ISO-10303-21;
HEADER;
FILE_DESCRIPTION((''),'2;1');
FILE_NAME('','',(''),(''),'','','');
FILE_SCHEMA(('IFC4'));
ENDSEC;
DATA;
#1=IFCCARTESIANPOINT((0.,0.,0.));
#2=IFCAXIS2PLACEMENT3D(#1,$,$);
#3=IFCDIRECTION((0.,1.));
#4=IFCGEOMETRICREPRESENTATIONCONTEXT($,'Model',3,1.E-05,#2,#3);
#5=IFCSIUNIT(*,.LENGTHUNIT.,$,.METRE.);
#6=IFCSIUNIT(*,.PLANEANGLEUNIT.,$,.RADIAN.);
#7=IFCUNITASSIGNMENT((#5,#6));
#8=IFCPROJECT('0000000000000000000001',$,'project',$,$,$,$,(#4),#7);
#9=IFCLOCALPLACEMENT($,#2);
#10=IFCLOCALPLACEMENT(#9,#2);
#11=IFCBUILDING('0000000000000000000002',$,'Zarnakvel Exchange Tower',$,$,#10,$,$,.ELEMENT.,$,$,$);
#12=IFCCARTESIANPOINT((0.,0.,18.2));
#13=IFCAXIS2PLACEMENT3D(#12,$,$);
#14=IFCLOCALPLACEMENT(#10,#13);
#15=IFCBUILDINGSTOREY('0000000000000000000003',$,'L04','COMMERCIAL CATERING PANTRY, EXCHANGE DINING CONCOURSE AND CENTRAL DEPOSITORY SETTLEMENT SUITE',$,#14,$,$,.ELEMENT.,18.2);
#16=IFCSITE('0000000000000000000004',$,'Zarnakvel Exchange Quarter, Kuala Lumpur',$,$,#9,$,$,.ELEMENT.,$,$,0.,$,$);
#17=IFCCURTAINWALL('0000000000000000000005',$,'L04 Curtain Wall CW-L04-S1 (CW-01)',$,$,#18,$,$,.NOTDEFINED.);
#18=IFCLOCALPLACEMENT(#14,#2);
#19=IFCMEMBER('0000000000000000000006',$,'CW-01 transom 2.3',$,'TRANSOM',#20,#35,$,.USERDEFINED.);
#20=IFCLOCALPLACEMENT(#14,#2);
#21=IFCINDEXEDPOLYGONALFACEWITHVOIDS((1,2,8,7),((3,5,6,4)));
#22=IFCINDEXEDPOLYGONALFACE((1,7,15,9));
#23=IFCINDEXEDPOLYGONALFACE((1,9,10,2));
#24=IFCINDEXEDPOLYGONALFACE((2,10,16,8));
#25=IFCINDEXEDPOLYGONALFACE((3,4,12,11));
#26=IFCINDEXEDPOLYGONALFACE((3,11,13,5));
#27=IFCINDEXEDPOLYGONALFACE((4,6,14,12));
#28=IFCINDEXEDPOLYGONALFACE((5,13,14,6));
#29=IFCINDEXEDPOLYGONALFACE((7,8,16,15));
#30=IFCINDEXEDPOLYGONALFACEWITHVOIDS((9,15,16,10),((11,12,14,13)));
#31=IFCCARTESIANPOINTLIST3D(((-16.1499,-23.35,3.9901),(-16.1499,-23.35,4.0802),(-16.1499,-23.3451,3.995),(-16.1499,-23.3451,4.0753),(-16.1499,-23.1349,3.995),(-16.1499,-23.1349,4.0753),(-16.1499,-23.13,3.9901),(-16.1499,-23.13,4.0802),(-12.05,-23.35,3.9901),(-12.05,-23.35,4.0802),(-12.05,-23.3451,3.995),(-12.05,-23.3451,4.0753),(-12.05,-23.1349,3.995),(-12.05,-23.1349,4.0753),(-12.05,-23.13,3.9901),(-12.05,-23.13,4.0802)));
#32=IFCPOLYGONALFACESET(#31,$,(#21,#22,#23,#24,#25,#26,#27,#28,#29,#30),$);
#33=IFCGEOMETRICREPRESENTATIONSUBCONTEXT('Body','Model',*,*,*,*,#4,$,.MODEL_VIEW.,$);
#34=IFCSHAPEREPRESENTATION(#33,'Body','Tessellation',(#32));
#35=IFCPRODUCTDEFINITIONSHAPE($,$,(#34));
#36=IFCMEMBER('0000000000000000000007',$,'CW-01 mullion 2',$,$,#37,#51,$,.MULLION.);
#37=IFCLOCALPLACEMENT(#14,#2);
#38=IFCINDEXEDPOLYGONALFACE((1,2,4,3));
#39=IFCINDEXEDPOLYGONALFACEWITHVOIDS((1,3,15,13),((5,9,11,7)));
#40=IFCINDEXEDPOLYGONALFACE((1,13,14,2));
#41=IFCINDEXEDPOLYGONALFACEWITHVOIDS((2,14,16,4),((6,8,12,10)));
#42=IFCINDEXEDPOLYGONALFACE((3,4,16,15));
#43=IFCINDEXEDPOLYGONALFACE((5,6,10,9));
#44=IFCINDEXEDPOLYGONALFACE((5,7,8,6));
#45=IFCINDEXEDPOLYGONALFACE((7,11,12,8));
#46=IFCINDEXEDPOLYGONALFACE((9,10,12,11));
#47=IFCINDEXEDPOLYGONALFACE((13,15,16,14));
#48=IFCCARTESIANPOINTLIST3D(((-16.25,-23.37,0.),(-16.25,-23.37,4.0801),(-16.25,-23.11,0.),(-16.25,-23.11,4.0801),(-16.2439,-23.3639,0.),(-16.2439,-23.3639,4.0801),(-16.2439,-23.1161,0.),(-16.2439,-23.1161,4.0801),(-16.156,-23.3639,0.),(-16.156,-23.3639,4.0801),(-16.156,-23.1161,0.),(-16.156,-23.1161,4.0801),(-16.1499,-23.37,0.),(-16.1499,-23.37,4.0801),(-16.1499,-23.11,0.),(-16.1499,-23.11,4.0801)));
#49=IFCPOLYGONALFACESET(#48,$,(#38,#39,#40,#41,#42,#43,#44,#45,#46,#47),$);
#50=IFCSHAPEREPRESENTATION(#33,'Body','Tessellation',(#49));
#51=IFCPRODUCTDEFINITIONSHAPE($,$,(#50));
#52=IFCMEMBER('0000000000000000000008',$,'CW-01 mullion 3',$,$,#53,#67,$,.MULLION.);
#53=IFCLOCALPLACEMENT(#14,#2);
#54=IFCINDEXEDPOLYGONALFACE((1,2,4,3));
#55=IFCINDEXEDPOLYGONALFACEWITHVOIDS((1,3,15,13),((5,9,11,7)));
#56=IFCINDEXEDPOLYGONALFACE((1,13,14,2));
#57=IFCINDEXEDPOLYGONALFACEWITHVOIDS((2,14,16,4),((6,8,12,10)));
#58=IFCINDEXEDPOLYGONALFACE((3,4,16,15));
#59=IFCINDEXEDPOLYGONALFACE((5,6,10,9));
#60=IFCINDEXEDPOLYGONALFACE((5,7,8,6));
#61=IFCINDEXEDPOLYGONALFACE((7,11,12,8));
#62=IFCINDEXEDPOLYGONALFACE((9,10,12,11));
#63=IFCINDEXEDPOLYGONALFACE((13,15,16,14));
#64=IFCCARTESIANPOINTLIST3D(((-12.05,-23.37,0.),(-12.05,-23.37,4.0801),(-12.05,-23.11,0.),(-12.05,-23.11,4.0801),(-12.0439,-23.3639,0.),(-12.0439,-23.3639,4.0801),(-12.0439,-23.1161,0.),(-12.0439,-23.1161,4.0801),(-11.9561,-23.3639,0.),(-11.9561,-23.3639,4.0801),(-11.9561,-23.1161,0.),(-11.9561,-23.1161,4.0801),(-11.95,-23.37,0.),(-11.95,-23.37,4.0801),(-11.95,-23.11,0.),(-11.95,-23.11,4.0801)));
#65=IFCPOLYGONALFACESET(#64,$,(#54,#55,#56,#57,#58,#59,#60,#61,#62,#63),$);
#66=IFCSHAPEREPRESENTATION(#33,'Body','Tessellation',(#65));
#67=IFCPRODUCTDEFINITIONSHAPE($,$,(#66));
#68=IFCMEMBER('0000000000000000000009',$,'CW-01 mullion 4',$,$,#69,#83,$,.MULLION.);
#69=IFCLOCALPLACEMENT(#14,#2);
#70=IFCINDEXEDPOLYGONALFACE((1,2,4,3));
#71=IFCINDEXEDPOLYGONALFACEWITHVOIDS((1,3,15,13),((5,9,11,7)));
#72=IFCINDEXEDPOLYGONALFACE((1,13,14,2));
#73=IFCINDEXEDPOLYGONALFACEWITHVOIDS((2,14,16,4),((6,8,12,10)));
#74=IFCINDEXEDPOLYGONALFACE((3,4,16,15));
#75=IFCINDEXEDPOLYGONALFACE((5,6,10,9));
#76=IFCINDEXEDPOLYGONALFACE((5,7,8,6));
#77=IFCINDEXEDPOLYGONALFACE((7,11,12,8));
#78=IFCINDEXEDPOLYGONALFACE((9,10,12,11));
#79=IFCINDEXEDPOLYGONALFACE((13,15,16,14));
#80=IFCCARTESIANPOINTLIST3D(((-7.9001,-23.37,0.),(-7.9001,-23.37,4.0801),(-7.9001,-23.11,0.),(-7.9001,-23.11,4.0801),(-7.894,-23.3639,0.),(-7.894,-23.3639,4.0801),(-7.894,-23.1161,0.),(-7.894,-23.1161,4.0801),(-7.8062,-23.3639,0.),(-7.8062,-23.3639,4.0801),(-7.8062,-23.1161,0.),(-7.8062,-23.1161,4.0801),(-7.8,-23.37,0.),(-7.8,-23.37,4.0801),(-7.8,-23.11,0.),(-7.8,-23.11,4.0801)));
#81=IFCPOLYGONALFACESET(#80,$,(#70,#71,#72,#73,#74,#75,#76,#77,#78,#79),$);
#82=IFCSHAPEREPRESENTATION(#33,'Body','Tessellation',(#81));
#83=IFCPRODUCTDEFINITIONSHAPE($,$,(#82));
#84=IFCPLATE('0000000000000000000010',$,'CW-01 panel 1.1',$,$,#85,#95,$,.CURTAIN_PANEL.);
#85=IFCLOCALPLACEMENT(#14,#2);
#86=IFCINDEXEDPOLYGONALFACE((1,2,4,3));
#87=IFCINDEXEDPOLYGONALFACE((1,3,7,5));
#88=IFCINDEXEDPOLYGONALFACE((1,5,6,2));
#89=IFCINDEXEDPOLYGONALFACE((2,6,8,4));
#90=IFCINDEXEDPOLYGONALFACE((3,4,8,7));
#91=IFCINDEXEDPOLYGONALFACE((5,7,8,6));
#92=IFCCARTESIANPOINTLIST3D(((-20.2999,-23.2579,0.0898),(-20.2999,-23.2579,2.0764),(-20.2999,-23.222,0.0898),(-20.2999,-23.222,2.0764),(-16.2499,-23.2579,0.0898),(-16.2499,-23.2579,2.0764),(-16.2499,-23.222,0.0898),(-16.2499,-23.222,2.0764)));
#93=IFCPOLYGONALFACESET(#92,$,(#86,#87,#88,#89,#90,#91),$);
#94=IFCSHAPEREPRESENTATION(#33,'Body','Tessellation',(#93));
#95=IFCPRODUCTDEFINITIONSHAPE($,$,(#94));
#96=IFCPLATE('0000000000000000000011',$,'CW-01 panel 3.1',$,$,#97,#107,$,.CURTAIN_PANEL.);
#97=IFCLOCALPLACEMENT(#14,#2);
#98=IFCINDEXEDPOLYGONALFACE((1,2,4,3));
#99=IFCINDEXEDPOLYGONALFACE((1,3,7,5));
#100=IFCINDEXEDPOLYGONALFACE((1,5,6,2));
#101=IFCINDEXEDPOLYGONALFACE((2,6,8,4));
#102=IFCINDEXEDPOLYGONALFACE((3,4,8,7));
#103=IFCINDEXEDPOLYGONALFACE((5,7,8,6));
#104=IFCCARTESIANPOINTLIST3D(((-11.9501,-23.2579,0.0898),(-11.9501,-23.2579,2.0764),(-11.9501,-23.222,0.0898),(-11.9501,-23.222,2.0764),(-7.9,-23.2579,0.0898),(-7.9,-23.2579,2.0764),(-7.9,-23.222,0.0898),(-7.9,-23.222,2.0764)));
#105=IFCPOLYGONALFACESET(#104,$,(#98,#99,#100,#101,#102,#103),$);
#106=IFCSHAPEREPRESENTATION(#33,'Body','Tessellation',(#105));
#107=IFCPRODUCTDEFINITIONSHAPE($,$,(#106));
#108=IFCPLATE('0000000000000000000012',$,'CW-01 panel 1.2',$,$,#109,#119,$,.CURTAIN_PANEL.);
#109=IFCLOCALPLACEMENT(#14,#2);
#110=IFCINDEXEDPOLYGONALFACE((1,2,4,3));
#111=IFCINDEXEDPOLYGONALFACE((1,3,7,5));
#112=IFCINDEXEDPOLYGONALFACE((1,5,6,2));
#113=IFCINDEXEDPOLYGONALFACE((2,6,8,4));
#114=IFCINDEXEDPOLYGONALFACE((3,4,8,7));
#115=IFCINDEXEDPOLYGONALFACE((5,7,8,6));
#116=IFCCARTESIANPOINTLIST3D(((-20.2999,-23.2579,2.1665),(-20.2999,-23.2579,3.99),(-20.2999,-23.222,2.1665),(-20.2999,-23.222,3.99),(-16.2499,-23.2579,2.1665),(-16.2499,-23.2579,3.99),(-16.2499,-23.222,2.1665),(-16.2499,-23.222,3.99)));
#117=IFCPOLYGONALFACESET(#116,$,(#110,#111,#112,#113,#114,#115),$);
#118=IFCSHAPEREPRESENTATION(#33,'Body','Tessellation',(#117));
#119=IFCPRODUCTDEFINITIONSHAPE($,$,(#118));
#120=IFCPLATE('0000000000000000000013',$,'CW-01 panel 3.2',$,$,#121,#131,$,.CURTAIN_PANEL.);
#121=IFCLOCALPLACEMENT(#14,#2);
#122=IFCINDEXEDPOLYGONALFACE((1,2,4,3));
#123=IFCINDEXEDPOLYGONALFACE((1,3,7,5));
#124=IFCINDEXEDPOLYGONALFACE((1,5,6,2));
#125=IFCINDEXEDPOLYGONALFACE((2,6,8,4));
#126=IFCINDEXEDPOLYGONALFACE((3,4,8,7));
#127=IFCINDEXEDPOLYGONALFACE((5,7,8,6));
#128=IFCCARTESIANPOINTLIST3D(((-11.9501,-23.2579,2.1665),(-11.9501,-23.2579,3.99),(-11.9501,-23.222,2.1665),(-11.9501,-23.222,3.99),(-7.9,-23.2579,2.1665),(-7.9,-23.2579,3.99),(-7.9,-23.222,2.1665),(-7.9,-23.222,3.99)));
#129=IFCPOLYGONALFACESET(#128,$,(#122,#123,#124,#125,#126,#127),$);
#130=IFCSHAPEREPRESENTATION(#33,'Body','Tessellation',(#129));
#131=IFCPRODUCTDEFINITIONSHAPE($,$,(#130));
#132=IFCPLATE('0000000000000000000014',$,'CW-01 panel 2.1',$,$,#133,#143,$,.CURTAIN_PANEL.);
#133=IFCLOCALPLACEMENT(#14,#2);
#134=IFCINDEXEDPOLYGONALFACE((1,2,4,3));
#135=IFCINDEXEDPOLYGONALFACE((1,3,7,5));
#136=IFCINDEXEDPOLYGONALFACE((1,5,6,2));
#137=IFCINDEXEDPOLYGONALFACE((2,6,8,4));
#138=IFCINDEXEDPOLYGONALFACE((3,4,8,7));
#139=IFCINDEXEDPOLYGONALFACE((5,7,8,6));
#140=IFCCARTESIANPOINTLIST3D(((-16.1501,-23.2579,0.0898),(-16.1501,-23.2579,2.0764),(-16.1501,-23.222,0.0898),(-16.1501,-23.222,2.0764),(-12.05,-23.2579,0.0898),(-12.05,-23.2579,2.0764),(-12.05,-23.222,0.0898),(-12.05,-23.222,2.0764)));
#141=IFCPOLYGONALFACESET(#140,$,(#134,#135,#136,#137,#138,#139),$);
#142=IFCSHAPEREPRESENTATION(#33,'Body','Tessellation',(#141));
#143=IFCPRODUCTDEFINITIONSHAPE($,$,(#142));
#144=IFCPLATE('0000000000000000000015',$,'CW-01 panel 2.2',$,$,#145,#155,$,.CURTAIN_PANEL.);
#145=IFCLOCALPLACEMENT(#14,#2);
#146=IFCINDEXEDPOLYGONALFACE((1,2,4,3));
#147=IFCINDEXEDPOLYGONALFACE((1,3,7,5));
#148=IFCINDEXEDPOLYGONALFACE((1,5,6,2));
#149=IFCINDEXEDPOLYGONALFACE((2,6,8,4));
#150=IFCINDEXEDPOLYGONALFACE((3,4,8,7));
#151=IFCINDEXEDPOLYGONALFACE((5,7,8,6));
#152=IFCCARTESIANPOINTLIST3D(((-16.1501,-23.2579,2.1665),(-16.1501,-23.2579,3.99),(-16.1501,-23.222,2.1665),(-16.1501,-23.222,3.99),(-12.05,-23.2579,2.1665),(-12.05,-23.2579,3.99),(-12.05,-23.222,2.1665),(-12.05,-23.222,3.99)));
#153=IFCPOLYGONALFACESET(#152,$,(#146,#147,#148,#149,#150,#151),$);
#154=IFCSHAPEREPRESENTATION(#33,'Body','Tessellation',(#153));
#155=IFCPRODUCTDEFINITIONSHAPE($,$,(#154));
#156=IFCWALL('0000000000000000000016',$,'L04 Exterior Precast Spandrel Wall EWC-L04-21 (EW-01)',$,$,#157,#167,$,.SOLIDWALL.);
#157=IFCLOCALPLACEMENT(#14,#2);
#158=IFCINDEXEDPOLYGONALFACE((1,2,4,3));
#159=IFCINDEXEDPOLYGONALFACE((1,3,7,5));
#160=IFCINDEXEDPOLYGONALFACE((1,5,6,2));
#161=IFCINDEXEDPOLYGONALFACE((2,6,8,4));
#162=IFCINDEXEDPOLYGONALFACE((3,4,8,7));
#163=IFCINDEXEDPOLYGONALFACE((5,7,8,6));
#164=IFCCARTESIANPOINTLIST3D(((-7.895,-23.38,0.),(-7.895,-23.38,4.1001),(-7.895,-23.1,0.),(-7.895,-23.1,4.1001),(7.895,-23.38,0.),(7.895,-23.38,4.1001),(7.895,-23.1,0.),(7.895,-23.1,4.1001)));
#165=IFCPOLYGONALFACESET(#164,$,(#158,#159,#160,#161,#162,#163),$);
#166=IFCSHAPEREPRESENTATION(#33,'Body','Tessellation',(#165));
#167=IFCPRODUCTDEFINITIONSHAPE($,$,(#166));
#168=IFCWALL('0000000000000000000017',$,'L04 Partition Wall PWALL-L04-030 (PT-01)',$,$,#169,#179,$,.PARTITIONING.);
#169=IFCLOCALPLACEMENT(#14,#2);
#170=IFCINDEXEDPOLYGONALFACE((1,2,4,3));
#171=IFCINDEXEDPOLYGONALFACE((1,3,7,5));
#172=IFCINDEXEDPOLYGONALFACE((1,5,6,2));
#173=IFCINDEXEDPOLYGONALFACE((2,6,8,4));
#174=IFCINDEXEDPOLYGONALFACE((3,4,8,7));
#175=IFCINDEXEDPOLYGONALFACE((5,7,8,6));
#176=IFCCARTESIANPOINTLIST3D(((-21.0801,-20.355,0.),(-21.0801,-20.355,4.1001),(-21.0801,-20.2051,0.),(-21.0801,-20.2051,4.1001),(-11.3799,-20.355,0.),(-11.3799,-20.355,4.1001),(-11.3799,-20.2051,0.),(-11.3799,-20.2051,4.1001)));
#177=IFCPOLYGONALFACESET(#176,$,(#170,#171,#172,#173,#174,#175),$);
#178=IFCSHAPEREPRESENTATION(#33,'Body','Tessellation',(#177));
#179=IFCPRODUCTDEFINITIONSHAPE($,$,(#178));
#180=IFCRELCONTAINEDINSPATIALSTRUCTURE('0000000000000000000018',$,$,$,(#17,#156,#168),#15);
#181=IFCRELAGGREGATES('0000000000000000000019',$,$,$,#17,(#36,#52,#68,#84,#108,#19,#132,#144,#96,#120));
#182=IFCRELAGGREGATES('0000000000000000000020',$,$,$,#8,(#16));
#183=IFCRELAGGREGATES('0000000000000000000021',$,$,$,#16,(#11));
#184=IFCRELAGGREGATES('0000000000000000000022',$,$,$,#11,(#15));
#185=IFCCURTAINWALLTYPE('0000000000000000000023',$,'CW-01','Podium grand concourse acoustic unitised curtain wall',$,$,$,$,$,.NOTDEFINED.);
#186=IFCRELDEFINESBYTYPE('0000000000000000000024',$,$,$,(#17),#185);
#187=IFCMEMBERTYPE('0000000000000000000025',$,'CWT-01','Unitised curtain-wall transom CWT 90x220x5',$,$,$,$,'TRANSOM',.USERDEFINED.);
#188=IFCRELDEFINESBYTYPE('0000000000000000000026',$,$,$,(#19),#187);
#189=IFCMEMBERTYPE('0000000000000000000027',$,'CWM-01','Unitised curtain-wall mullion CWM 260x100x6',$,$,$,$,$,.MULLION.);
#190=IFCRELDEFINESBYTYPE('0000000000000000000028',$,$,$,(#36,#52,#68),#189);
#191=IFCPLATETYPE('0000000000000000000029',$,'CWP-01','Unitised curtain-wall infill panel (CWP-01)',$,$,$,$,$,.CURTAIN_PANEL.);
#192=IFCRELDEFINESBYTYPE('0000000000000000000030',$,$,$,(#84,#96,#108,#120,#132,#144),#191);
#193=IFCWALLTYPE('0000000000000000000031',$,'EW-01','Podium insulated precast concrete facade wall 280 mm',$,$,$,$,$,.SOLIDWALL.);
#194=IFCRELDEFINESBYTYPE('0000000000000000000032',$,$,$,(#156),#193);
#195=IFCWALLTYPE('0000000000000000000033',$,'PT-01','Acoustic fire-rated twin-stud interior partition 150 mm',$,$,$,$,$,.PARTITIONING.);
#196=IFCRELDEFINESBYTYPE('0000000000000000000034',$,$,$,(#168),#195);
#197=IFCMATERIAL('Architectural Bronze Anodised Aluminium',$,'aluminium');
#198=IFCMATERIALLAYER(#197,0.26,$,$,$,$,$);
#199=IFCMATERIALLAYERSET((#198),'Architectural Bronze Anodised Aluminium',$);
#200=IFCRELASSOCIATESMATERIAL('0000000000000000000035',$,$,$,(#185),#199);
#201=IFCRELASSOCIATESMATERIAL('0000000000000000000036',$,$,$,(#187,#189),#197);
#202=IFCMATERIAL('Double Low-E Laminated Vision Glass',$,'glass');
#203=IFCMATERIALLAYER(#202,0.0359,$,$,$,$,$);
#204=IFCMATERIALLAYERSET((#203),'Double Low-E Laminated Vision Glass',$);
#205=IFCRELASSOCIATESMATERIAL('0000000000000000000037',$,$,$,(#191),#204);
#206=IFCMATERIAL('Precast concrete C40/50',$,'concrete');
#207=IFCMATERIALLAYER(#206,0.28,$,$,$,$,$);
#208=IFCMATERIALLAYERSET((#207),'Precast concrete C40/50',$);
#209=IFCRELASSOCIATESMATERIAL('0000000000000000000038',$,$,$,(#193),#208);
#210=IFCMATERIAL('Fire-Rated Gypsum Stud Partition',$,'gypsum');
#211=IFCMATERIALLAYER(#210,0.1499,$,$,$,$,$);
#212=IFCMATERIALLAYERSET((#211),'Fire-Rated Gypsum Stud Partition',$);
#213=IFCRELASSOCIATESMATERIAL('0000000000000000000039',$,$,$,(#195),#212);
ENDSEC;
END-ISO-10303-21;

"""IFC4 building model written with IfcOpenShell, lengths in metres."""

from ifc_helpers import new_model, si_unit, direction, frame, frame_2d, origin, origin_2d, place, context, subcontext, project, spatial, rectangle, hollow_rectangle, extrude, source, transform, mapped, material, layer, layer_set, material_profile, profile_set, type_object, element, aggregate, save


model = new_model("IFC4")

# Units and contexts
model_context = context("Model", 3, precision=1e-05, world=origin(), true_north=direction((0.0, 1.0)))
body_context = subcontext(model_context, "Body", "Model", "MODEL_VIEW")
ifc_project = project(units=[si_unit("LENGTHUNIT", "METRE"), si_unit("PLANEANGLEUNIT", "RADIAN")], contexts=[model_context])

# Site, building, storey
site_placement = place(None, origin())
site = spatial("IfcSite", under=ifc_project, at=site_placement, Name="Zarnakvel Exchange Quarter, Kuala Lumpur", CompositionType="ELEMENT", RefElevation=0.0)
building_placement = place(site_placement, origin())
building = spatial("IfcBuilding", under=site, at=building_placement, Name="Zarnakvel Exchange Tower", CompositionType="ELEMENT")
storey_placement = place(building_placement, frame((0.0, 0.0, 18.2)))
storey = spatial("IfcBuildingStorey", under=building, at=storey_placement, Name="L04", Description="COMMERCIAL CATERING PANTRY, EXCHANGE DINING CONCOURSE AND CENTRAL DEPOSITORY SETTLEMENT SUITE", CompositionType="ELEMENT", Elevation=18.2)

# Curtain wall, members, plates
ifc_material_1 = material(Name="Architectural Bronze Anodised Aluminium", Category="aluminium")
ifc_layer_1 = layer(ifc_material_1, 0.26)
ifc_layer_set_1 = layer_set([ifc_layer_1], Name="Architectural Bronze Anodised Aluminium")
curtain_wall_type = type_object("IfcCurtainWallType", Name="CW-01", Description="Podium grand concourse acoustic unitised curtain wall", PredefinedType="NOTDEFINED", material=ifc_layer_set_1)
curtain_wall_placement = place(storey_placement, origin())
curtain_wall = element("IfcCurtainWall", 1, at=curtain_wall_placement, inside=storey, type_object=curtain_wall_type, Name="L04 Curtain Wall CW-L04-S1 (CW-01)", PredefinedType="NOTDEFINED")
ifc_material_profile_1 = material_profile(ifc_material_1, hollow_rectangle(XDim=0.22, YDim=0.0901, WallThickness=0.0049, at=origin_2d()))
ifc_profile_set_1 = profile_set([ifc_material_profile_1], Name="Architectural Bronze Anodised Aluminium")
member_type_1 = type_object("IfcMemberType", Name="CWT-01", Description="Unitised curtain-wall transom CWT 90x220x5", ElementType="TRANSOM", PredefinedType="USERDEFINED", material=ifc_profile_set_1)
shared_shape_1 = source(origin(), body_context, "Body", "SweptSolid", [
    extrude(hollow_rectangle(XDim=0.22, YDim=0.0901, WallThickness=0.0049, at=origin_2d()), origin(), (0.0, 0.0, 1.0), 4.0999),
])
member_1_placement = place(storey_placement, frame((-16.1499, -23.24, 4.0352), z_axis=(1.0, 0.0, 0.0), x_axis=(0.0, 1.0, 0.0)))
member_1 = element("IfcMember", 2, at=member_1_placement, type_object=member_type_1, Name="CW-01 transom 2.3", ObjectType="TRANSOM", PredefinedType="USERDEFINED", context=body_context, shape_type="MappedRepresentation", body=[
    mapped(shared_shape_1, transform((0.0, 0.0, 0.0), x_axis=(1.0, 0.0, 0.0), y_axis=(0.0, 1.0, 0.0), z_axis=(0.0, 0.0, 1.0), scale=1.0)),
])
ifc_material_profile_2 = material_profile(ifc_material_1, hollow_rectangle(XDim=0.26, YDim=0.1001, WallThickness=0.0061, at=origin_2d()))
ifc_profile_set_2 = profile_set([ifc_material_profile_2], Name="Architectural Bronze Anodised Aluminium")
member_type_2 = type_object("IfcMemberType", Name="CWM-01", Description="Unitised curtain-wall mullion CWM 260x100x6", PredefinedType="MULLION", material=ifc_profile_set_2)
shared_shape_2 = source(origin(), body_context, "Body", "SweptSolid", [
    extrude(hollow_rectangle(XDim=0.26, YDim=0.1001, WallThickness=0.0061, at=origin_2d()), origin(), (0.0, 0.0, 1.0), 4.0801),
])
member_2_placement = place(storey_placement, frame((-16.2, -23.24, 0.0), z_axis=(0.0, 0.0, 1.0), x_axis=(0.0, 1.0, 0.0)))
member_2 = element("IfcMember", 3, at=member_2_placement, type_object=member_type_2, Name="CW-01 mullion 2", PredefinedType="MULLION", context=body_context, shape_type="MappedRepresentation", body=[
    mapped(shared_shape_2, transform((0.0, 0.0, 0.0), x_axis=(1.0, 0.0, 0.0), y_axis=(0.0, 1.0, 0.0), z_axis=(0.0, 0.0, 1.0), scale=1.0)),
])
member_3_placement = place(storey_placement, frame((-12.0, -23.24, 0.0), z_axis=(0.0, 0.0, 1.0), x_axis=(0.0, 1.0, 0.0)))
member_3 = element("IfcMember", 4, at=member_3_placement, type_object=member_type_2, Name="CW-01 mullion 3", PredefinedType="MULLION", context=body_context, shape_type="MappedRepresentation", body=[
    mapped(shared_shape_2, transform((0.0, 0.0, 0.0), x_axis=(1.0, 0.0, 0.0), y_axis=(0.0, 1.0, 0.0), z_axis=(0.0, 0.0, 1.0), scale=1.0)),
])
member_4_placement = place(storey_placement, frame((-7.8501, -23.24, 0.0), z_axis=(0.0, 0.0, 1.0), x_axis=(0.0, 1.0, 0.0)))
member_4 = element("IfcMember", 5, at=member_4_placement, type_object=member_type_2, Name="CW-01 mullion 4", PredefinedType="MULLION", context=body_context, shape_type="MappedRepresentation", body=[
    mapped(shared_shape_2, transform((0.0, 0.0, 0.0), x_axis=(1.0, 0.0, 0.0), y_axis=(0.0, 1.0, 0.0), z_axis=(0.0, 0.0, 1.0), scale=1.0)),
])
ifc_material_2 = material(Name="Double Low-E Laminated Vision Glass", Category="glass")
ifc_layer_2 = layer(ifc_material_2, 0.0359)
ifc_layer_set_2 = layer_set([ifc_layer_2], Name="Double Low-E Laminated Vision Glass")
plate_type = type_object("IfcPlateType", Name="CWP-01", Description="Unitised curtain-wall infill panel (CWP-01)", PredefinedType="CURTAIN_PANEL", material=ifc_layer_set_2)
shared_shape_3 = source(origin(), body_context, "Body", "SweptSolid", [
    extrude(rectangle(XDim=4.05, YDim=0.0359, at=origin_2d()), origin(), (0.0, 0.0, 1.0), 1.9866),
])
plate_1_placement = place(storey_placement, frame((-18.2749, -23.24, 0.0898), z_axis=(0.0, 0.0, 1.0), x_axis=(1.0, 0.0, 0.0)))
plate_1 = element("IfcPlate", 6, at=plate_1_placement, type_object=plate_type, Name="CW-01 panel 1.1", PredefinedType="CURTAIN_PANEL", context=body_context, shape_type="MappedRepresentation", body=[
    mapped(shared_shape_3, transform((0.0, 0.0, 0.0), x_axis=(1.0, 0.0, 0.0), y_axis=(0.0, 1.0, 0.0), z_axis=(0.0, 0.0, 1.0), scale=1.0)),
])
plate_2_placement = place(storey_placement, frame((-9.925, -23.24, 0.0898), z_axis=(0.0, 0.0, 1.0), x_axis=(1.0, 0.0, 0.0)))
plate_2 = element("IfcPlate", 7, at=plate_2_placement, type_object=plate_type, Name="CW-01 panel 3.1", PredefinedType="CURTAIN_PANEL", context=body_context, shape_type="MappedRepresentation", body=[
    mapped(shared_shape_3, transform((0.0, 0.0, 0.0), x_axis=(1.0, 0.0, 0.0), y_axis=(0.0, 1.0, 0.0), z_axis=(0.0, 0.0, 1.0), scale=1.0)),
])
shared_shape_4 = source(origin(), body_context, "Body", "SweptSolid", [
    extrude(rectangle(XDim=4.05, YDim=0.0359, at=origin_2d()), origin(), (0.0, 0.0, 1.0), 1.8235),
])
plate_3_placement = place(storey_placement, frame((-18.2749, -23.24, 2.1665), z_axis=(0.0, 0.0, 1.0), x_axis=(1.0, 0.0, 0.0)))
plate_3 = element("IfcPlate", 8, at=plate_3_placement, type_object=plate_type, Name="CW-01 panel 1.2", PredefinedType="CURTAIN_PANEL", context=body_context, shape_type="MappedRepresentation", body=[
    mapped(shared_shape_4, transform((0.0, 0.0, 0.0), x_axis=(1.0, 0.0, 0.0), y_axis=(0.0, 1.0, 0.0), z_axis=(0.0, 0.0, 1.0), scale=1.0)),
])
plate_4_placement = place(storey_placement, frame((-9.925, -23.24, 2.1665), z_axis=(0.0, 0.0, 1.0), x_axis=(1.0, 0.0, 0.0)))
plate_4 = element("IfcPlate", 9, at=plate_4_placement, type_object=plate_type, Name="CW-01 panel 3.2", PredefinedType="CURTAIN_PANEL", context=body_context, shape_type="MappedRepresentation", body=[
    mapped(shared_shape_4, transform((0.0, 0.0, 0.0), x_axis=(1.0, 0.0, 0.0), y_axis=(0.0, 1.0, 0.0), z_axis=(0.0, 0.0, 1.0), scale=1.0)),
])
shared_shape_5 = source(origin(), body_context, "Body", "SweptSolid", [
    extrude(rectangle(XDim=4.1001, YDim=0.0359, at=origin_2d()), origin(), (0.0, 0.0, 1.0), 1.9866),
])
plate_5_placement = place(storey_placement, frame((-14.1001, -23.24, 0.0898), z_axis=(0.0, 0.0, 1.0), x_axis=(1.0, 0.0, 0.0)))
plate_5 = element("IfcPlate", 10, at=plate_5_placement, type_object=plate_type, Name="CW-01 panel 2.1", PredefinedType="CURTAIN_PANEL", context=body_context, shape_type="MappedRepresentation", body=[
    mapped(shared_shape_5, transform((0.0, 0.0, 0.0), x_axis=(1.0, 0.0, 0.0), y_axis=(0.0, 1.0, 0.0), z_axis=(0.0, 0.0, 1.0), scale=1.0)),
])
shared_shape_6 = source(origin(), body_context, "Body", "SweptSolid", [
    extrude(rectangle(XDim=4.1001, YDim=0.0359, at=origin_2d()), origin(), (0.0, 0.0, 1.0), 1.8235),
])
plate_6_placement = place(storey_placement, frame((-14.1001, -23.24, 2.1665), z_axis=(0.0, 0.0, 1.0), x_axis=(1.0, 0.0, 0.0)))
plate_6 = element("IfcPlate", 11, at=plate_6_placement, type_object=plate_type, Name="CW-01 panel 2.2", PredefinedType="CURTAIN_PANEL", context=body_context, shape_type="MappedRepresentation", body=[
    mapped(shared_shape_6, transform((0.0, 0.0, 0.0), x_axis=(1.0, 0.0, 0.0), y_axis=(0.0, 1.0, 0.0), z_axis=(0.0, 0.0, 1.0), scale=1.0)),
])
aggregate(curtain_wall, [member_2, member_3, member_4, plate_1, plate_3, member_1, plate_5, plate_6, plate_2, plate_4])

# Walls
ifc_material_3 = material(Name="Precast concrete C40/50", Category="concrete")
ifc_layer_3 = layer(ifc_material_3, 0.28)
ifc_layer_set_3 = layer_set([ifc_layer_3], Name="Precast concrete C40/50")
wall_type_1 = type_object("IfcWallType", Name="EW-01", Description="Podium insulated precast concrete facade wall 280 mm", PredefinedType="SOLIDWALL", material=ifc_layer_set_3)
wall_1_placement = place(storey_placement, frame((-7.895, -23.24, 0.0), z_axis=(0.0, 0.0, 1.0), x_axis=(1.0, 0.0, 0.0)))
element("IfcWall", 12, at=wall_1_placement, inside=storey, type_object=wall_type_1, Name="L04 Exterior Precast Spandrel Wall EWC-L04-21 (EW-01)", PredefinedType="SOLIDWALL", context=body_context, shape_type="SweptSolid", body=[
    extrude(rectangle(XDim=15.79, YDim=0.28, at=frame_2d((7.895, 0.0))), origin(), (0.0, 0.0, 1.0), 4.1001),
])
ifc_material_4 = material(Name="Fire-Rated Gypsum Stud Partition", Category="gypsum")
ifc_layer_4 = layer(ifc_material_4, 0.1499)
ifc_layer_set_4 = layer_set([ifc_layer_4], Name="Fire-Rated Gypsum Stud Partition")
wall_type_2 = type_object("IfcWallType", Name="PT-01", Description="Acoustic fire-rated twin-stud interior partition 150 mm", PredefinedType="PARTITIONING", material=ifc_layer_set_4)
wall_2_placement = place(storey_placement, frame((-11.3799, -20.28, 0.0), z_axis=(0.0, 0.0, 1.0), x_axis=(-1.0, 0.0, 0.0)))
element("IfcWall", 13, at=wall_2_placement, inside=storey, type_object=wall_type_2, Name="L04 Partition Wall PWALL-L04-030 (PT-01)", PredefinedType="PARTITIONING", context=body_context, shape_type="SweptSolid", body=[
    extrude(rectangle(XDim=9.7002, YDim=0.1499, at=frame_2d((4.8501, 0.0))), origin(), (0.0, 0.0, 1.0), 4.1001),
])

save(model, "model.ifc")
